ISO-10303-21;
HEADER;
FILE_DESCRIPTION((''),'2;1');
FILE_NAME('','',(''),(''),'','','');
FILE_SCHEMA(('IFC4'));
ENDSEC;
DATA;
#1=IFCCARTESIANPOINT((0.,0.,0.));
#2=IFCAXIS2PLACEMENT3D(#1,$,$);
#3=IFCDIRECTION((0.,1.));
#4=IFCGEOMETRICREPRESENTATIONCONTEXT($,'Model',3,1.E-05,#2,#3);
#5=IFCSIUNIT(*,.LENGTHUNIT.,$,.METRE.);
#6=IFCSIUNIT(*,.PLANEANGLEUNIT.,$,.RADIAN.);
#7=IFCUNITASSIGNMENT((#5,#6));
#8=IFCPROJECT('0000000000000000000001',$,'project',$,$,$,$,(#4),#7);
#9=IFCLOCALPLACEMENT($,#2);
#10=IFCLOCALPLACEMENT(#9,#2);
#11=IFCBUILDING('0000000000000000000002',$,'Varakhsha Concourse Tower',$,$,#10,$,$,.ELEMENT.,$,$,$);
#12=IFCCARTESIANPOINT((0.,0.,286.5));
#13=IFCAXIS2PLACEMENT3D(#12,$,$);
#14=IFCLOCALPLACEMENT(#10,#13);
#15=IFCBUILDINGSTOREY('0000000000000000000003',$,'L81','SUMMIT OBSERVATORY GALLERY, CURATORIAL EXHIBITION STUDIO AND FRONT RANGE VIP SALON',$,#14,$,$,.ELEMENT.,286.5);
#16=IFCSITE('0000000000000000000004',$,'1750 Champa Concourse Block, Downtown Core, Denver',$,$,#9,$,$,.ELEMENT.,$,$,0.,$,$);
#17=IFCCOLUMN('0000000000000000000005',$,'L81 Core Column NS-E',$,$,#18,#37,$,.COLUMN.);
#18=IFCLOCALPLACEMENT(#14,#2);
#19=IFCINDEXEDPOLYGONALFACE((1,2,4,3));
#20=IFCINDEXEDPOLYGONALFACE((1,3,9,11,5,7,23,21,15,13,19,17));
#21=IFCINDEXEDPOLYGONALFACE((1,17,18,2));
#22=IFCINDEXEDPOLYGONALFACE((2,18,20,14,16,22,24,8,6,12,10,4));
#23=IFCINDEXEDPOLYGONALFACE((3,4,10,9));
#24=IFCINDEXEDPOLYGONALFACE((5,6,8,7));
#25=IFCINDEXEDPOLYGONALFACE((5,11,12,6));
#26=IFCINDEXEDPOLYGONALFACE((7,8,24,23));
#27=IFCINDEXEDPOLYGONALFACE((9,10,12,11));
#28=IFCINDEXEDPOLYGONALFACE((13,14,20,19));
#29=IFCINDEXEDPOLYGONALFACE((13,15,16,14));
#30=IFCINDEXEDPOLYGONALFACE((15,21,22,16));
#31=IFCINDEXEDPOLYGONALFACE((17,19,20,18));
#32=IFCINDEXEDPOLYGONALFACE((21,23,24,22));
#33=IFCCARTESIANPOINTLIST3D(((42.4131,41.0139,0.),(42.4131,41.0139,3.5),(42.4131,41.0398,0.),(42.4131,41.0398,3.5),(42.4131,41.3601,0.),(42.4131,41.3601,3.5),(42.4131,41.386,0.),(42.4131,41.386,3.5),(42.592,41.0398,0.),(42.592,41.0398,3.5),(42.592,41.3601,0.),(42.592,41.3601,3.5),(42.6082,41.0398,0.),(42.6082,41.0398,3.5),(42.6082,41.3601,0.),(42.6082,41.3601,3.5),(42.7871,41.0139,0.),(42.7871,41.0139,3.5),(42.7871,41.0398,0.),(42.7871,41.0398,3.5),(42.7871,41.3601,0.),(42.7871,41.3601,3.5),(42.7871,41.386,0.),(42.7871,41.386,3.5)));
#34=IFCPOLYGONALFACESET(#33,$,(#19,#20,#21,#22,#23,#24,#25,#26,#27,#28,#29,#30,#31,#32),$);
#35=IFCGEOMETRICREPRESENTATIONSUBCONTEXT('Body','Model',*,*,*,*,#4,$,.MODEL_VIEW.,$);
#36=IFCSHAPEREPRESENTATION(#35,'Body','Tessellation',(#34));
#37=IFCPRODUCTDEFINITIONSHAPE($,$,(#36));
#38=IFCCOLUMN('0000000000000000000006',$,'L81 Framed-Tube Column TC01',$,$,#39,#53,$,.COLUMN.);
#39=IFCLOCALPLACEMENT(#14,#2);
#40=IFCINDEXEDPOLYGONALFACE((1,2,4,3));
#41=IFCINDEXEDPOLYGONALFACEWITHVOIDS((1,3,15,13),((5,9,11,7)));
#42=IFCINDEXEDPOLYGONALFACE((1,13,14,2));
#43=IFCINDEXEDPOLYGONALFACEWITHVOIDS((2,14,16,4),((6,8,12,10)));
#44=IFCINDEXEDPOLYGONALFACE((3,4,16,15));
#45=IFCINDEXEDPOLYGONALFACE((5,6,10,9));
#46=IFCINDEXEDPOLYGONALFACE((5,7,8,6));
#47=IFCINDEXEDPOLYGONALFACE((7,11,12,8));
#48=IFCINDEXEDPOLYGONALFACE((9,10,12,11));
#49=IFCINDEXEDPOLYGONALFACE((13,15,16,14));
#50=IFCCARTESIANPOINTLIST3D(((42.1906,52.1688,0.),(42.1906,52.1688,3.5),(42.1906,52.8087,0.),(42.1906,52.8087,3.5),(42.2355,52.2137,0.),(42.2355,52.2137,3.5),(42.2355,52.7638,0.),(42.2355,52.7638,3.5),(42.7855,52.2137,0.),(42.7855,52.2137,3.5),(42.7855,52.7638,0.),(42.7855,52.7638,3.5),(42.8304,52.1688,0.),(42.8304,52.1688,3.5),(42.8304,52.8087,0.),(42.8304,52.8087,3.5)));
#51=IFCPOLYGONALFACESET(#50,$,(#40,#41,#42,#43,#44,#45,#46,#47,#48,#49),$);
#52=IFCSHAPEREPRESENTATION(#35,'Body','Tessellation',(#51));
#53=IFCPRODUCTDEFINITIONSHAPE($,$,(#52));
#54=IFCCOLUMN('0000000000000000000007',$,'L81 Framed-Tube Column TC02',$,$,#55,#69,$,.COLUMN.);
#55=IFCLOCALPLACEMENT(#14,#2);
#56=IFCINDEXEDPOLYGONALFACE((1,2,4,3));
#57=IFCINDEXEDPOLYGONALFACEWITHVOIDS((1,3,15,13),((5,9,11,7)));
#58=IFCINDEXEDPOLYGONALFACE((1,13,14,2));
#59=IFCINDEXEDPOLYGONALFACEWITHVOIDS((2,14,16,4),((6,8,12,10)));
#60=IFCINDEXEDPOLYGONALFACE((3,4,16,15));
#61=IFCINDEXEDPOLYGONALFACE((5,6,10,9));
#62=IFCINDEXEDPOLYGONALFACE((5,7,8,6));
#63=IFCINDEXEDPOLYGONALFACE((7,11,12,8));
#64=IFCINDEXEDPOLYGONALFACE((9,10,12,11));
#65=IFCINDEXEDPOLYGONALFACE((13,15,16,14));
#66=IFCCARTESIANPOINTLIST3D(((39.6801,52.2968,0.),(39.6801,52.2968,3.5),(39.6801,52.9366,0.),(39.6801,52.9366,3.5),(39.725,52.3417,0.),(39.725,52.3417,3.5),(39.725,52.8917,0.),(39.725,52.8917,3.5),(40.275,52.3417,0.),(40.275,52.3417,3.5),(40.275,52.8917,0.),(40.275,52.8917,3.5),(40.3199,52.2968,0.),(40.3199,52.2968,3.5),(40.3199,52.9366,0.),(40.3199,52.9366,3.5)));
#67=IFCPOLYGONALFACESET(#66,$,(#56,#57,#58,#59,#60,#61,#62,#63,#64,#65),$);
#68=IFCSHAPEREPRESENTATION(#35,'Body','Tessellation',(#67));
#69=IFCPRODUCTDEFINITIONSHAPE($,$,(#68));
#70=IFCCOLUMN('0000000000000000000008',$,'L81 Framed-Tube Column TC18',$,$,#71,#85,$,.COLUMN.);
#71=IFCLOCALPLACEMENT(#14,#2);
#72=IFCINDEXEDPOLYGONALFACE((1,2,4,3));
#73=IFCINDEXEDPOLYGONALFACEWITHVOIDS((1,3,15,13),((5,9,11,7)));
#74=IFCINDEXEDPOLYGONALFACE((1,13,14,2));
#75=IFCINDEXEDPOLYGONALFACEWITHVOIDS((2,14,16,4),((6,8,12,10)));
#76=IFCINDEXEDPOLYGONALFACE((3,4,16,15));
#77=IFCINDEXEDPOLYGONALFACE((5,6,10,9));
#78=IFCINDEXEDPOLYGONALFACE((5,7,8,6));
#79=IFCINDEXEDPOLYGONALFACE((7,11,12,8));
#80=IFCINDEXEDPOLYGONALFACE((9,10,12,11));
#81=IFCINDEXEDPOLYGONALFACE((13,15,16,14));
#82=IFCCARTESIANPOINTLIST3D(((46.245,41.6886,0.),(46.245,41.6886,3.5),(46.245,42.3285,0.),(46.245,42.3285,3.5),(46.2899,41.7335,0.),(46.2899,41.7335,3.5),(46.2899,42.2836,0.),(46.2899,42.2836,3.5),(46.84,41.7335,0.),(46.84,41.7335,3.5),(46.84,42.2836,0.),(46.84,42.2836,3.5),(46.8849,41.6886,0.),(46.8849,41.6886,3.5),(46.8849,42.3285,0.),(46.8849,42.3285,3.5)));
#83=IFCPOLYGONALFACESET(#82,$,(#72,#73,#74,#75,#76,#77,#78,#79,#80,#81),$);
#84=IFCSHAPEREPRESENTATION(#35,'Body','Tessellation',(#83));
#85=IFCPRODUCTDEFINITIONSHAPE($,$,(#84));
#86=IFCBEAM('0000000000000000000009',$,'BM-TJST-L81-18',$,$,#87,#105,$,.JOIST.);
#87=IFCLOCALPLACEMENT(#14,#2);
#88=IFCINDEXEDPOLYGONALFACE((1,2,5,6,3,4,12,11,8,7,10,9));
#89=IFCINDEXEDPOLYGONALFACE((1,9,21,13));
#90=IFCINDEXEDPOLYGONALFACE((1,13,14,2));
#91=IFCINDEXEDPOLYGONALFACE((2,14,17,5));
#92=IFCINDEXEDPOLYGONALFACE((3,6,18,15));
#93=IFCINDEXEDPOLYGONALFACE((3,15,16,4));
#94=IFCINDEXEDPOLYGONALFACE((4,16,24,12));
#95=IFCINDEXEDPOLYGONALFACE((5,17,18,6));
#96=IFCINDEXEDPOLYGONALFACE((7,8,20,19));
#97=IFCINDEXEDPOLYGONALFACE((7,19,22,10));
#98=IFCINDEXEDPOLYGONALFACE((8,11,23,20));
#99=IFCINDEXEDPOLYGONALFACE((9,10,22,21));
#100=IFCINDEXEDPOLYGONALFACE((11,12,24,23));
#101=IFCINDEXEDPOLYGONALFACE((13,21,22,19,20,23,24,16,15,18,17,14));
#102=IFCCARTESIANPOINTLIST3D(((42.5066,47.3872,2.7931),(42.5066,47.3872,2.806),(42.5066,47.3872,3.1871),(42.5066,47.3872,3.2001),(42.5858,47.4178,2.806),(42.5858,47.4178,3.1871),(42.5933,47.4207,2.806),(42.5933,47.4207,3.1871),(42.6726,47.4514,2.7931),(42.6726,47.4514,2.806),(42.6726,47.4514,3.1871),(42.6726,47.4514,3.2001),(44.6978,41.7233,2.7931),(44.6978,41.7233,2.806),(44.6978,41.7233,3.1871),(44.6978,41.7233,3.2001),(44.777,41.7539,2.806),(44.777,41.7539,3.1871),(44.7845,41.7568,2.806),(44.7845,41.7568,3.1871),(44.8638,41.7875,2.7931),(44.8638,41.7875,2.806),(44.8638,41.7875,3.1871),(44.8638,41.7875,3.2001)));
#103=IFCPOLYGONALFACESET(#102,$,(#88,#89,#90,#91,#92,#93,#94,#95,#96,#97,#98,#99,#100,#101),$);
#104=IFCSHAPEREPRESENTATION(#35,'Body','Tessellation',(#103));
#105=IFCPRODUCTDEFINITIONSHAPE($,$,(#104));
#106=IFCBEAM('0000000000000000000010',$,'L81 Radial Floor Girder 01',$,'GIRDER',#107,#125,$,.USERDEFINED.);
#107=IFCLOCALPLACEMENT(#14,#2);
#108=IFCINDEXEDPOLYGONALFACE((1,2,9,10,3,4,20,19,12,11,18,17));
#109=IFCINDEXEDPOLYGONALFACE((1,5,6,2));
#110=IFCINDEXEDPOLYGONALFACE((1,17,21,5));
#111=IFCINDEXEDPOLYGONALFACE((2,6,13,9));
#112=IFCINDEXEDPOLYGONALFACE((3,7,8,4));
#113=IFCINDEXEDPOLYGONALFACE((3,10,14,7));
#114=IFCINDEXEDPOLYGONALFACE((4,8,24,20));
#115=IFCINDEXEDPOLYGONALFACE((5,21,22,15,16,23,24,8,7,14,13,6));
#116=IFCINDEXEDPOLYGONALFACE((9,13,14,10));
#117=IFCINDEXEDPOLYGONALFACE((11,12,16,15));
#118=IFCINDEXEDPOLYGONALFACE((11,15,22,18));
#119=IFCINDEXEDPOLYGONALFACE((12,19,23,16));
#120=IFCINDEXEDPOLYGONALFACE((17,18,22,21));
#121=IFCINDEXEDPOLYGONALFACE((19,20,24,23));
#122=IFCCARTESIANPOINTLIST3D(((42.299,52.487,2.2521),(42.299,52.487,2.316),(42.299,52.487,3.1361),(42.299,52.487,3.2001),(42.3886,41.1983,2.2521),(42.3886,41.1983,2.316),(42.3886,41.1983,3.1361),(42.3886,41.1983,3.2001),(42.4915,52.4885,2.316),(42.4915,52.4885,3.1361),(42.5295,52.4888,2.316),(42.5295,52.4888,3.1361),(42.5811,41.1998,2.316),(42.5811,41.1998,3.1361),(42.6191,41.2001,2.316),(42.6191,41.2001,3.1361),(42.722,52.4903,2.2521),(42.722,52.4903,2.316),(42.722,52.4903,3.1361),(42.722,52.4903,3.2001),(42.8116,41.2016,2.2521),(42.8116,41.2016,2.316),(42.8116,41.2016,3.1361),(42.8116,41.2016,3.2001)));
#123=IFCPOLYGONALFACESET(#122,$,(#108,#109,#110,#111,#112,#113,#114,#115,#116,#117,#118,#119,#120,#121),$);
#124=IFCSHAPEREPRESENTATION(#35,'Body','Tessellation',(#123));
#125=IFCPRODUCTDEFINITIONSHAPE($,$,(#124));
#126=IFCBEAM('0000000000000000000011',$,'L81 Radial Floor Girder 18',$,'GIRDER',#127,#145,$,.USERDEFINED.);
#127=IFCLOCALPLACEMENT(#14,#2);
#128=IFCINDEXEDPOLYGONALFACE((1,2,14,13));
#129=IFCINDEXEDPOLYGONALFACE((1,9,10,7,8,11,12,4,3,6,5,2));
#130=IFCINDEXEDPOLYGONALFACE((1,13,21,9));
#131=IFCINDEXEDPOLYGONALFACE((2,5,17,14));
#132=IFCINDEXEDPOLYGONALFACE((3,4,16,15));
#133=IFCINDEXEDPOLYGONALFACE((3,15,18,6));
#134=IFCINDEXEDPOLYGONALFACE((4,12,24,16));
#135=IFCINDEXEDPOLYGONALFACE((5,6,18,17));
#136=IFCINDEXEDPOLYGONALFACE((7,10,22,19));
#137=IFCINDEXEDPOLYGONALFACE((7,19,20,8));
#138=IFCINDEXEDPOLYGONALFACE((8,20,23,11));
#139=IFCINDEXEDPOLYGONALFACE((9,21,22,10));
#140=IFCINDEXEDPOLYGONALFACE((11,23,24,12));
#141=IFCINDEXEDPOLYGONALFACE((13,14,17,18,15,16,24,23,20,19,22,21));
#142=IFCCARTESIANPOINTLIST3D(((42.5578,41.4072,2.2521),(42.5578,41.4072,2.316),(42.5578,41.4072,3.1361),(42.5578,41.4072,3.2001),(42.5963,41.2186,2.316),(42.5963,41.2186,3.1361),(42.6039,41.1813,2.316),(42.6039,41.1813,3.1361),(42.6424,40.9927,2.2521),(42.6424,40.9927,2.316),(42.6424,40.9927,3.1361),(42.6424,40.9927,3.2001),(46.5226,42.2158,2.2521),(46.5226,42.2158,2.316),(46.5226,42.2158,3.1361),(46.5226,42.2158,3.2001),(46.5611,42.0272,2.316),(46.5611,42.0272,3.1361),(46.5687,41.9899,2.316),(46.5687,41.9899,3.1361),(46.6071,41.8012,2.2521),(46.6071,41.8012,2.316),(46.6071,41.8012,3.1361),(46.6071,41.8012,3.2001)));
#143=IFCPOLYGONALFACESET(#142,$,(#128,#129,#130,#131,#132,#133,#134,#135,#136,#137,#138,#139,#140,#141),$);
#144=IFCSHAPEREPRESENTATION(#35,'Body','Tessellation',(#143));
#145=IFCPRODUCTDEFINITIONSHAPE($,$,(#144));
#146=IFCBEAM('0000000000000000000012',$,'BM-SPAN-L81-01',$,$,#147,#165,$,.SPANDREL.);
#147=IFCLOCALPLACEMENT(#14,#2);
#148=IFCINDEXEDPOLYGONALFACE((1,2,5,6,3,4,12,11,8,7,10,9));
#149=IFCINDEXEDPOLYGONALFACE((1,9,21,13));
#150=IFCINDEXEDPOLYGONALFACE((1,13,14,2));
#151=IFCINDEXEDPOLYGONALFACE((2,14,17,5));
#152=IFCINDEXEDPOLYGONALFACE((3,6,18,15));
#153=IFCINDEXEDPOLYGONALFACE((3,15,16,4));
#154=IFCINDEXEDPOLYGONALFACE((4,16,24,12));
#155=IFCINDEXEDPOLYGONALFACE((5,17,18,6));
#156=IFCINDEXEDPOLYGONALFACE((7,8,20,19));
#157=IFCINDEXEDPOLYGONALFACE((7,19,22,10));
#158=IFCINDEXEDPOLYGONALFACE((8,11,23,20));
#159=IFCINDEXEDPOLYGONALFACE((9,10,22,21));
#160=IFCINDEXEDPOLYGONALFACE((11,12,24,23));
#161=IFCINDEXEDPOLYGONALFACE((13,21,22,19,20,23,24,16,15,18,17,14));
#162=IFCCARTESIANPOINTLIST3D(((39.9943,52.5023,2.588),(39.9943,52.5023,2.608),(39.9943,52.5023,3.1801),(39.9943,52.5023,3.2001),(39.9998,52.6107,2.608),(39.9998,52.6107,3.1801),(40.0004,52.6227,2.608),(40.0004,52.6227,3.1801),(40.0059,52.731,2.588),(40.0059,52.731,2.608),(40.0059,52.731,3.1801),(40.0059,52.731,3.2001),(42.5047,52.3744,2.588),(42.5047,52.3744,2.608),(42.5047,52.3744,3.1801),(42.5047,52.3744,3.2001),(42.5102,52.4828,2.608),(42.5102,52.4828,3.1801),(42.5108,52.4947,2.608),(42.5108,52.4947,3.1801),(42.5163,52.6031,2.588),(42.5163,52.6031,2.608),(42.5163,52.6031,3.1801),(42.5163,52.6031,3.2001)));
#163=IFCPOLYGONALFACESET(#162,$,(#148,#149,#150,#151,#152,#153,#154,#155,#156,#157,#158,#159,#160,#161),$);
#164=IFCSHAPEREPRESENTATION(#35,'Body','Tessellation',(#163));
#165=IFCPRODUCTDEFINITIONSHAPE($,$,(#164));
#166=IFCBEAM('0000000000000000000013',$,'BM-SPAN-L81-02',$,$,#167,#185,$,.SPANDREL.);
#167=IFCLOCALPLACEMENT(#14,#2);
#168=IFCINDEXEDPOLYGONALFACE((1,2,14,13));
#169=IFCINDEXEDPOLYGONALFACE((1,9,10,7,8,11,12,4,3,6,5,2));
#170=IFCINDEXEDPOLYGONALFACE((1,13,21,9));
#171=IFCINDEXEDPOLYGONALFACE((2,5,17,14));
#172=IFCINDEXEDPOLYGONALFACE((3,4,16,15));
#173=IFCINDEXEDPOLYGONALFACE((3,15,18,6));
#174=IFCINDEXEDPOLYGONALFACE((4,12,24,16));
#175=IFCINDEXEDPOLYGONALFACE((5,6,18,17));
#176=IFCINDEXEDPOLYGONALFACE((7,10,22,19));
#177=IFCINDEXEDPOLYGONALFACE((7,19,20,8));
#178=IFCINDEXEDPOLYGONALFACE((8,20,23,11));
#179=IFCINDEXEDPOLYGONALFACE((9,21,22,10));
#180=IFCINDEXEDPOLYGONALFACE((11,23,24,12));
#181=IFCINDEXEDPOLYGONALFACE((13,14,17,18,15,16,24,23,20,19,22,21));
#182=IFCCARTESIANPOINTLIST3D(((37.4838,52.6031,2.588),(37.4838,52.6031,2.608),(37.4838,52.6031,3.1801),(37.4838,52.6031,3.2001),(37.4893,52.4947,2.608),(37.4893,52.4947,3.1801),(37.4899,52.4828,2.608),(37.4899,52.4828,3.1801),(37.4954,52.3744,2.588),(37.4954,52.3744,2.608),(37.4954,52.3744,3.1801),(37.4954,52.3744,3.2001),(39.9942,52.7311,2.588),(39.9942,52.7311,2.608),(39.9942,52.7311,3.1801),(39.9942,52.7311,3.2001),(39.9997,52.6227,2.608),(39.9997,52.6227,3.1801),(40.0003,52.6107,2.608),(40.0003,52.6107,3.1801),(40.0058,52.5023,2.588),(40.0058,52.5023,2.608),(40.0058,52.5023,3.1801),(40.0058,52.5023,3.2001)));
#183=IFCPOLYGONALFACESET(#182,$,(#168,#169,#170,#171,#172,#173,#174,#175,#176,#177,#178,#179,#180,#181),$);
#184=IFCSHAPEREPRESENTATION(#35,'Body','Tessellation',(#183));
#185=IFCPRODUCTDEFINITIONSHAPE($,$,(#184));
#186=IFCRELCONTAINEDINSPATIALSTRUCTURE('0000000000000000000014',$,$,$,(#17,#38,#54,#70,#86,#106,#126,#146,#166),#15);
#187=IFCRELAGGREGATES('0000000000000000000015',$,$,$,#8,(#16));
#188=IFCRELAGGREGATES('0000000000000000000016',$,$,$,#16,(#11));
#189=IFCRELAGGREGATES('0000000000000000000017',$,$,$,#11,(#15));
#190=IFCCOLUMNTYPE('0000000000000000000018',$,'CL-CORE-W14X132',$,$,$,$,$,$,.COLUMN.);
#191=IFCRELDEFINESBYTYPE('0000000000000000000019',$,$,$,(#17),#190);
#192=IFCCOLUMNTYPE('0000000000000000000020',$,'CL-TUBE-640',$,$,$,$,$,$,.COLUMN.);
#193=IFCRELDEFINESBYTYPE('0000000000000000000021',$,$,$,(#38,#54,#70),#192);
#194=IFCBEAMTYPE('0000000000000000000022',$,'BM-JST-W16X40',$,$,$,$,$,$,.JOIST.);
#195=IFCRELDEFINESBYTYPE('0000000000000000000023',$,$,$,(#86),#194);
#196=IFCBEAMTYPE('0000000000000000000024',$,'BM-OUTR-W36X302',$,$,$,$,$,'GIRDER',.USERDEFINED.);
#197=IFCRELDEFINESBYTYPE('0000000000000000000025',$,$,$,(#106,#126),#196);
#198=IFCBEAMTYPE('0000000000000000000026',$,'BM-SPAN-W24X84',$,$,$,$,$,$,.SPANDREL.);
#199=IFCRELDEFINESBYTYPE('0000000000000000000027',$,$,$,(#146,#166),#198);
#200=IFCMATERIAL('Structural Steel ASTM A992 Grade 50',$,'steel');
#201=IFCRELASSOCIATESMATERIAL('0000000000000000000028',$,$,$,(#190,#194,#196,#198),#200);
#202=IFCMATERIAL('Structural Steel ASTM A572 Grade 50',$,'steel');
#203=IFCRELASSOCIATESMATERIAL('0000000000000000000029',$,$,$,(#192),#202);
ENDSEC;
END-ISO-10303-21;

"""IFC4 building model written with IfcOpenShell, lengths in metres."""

from ifc_helpers import new_model, si_unit, direction, frame, origin, origin_2d, place, context, subcontext, project, spatial, hollow_rectangle, i_section, extrude, material, material_profile, profile_set, type_object, element, save


model = new_model("IFC4")

# Units and contexts
model_context = context("Model", 3, precision=1e-05, world=origin(), true_north=direction((0.0, 1.0)))
body_context = subcontext(model_context, "Body", "Model", "MODEL_VIEW")
ifc_project = project(units=[si_unit("LENGTHUNIT", "METRE"), si_unit("PLANEANGLEUNIT", "RADIAN")], contexts=[model_context])

# Site, building, storey
site_placement = place(None, origin())
site = spatial("IfcSite", under=ifc_project, at=site_placement, Name="1750 Champa Concourse Block, Downtown Core, Denver", CompositionType="ELEMENT", RefElevation=0.0)
building_placement = place(site_placement, origin())
building = spatial("IfcBuilding", under=site, at=building_placement, Name="Varakhsha Concourse Tower", CompositionType="ELEMENT")
storey_placement = place(building_placement, frame((0.0, 0.0, 286.5)))
storey = spatial("IfcBuildingStorey", under=building, at=storey_placement, Name="L81", Description="SUMMIT OBSERVATORY GALLERY, CURATORIAL EXHIBITION STUDIO AND FRONT RANGE VIP SALON", CompositionType="ELEMENT", Elevation=286.5)

# Columns
ifc_material_1 = material(Name="Structural Steel ASTM A992 Grade 50", Category="steel")
ifc_material_profile_1 = material_profile(ifc_material_1, i_section(OverallWidth=0.374, OverallDepth=0.3721, WebThickness=0.0161, FlangeThickness=0.0259, at=origin_2d()), Name="W14X132")
ifc_profile_set_1 = profile_set([ifc_material_profile_1], Name="Structural Steel ASTM A992 Grade 50")
column_type_1 = type_object("IfcColumnType", Name="CL-CORE-W14X132", PredefinedType="COLUMN", material=ifc_profile_set_1)
column_placement = place(storey_placement, frame((42.6001, 41.2, 0.0), z_axis=(0.0, 0.0, 1.0), x_axis=(1.0, 0.0, 0.0)))
element("IfcColumn", 1, at=column_placement, inside=storey, type_object=column_type_1, Name="L81 Core Column NS-E", PredefinedType="COLUMN", context=body_context, shape_type="SweptSolid", body=[
    extrude(i_section(OverallWidth=0.374, OverallDepth=0.3721, WebThickness=0.0161, FlangeThickness=0.0259, at=origin_2d()), origin(), (0.0, 0.0, 1.0), 3.5),
])
ifc_material_2 = material(Name="Structural Steel ASTM A572 Grade 50", Category="steel")
ifc_material_profile_2 = material_profile(ifc_material_2, hollow_rectangle(XDim=0.6399, YDim=0.6399, WallThickness=0.0449, at=origin_2d()), Name="BOX 640x640x45")
ifc_profile_set_2 = profile_set([ifc_material_profile_2], Name="Structural Steel ASTM A572 Grade 50")
column_type_2 = type_object("IfcColumnType", Name="CL-TUBE-640", PredefinedType="COLUMN", material=ifc_profile_set_2)
for number, where, z_axis, x_axis, name in (
    (2, (42.5105, 52.4888, 0.0), (0.0, 0.0, 1.0), (1.0, 0.0, 0.0), "L81 Framed-Tube Column TC01"),
    (3, (40.0, 52.6167, 0.0), (0.0, 0.0, 1.0), (1.0, 0.0, 0.0), "L81 Framed-Tube Column TC02"),
    (4, (46.5649, 42.0085, 0.0), (0.0, 0.0, 1.0), (1.0, 0.0, 0.0), "L81 Framed-Tube Column TC18"),
):
    element("IfcColumn", number, at=place(storey_placement, frame(where, z_axis=z_axis, x_axis=x_axis)), inside=storey, type_object=column_type_2, Name=name, PredefinedType="COLUMN", context=body_context, shape_type="SweptSolid", body=[
        extrude(hollow_rectangle(XDim=0.6399, YDim=0.6399, WallThickness=0.0449, at=origin_2d()), origin(), (0.0, 0.0, 1.0), 3.5),
    ])

# Beams
ifc_material_profile_3 = material_profile(ifc_material_1, i_section(OverallWidth=0.178, OverallDepth=0.407, WebThickness=0.0081, FlangeThickness=0.0129, at=origin_2d()), Name="W16X40")
ifc_profile_set_3 = profile_set([ifc_material_profile_3], Name="Structural Steel ASTM A992 Grade 50")
beam_type_1 = type_object("IfcBeamType", Name="BM-JST-W16X40", PredefinedType="JOIST", material=ifc_profile_set_3)
beam_1_placement = place(storey_placement, frame((44.7808, 41.7554, 2.9966), z_axis=(-0.36081, 0.932639, 0.0), x_axis=(-0.932639, -0.36081, 0.0)))
element("IfcBeam", 5, at=beam_1_placement, inside=storey, type_object=beam_type_1, Name="BM-TJST-L81-18", PredefinedType="JOIST", context=body_context, shape_type="SweptSolid", body=[
    extrude(i_section(OverallWidth=0.178, OverallDepth=0.407, WebThickness=0.0081, FlangeThickness=0.0129, at=origin_2d()), origin(), (0.0, 0.0, 1.0), 6.073),
])
ifc_material_profile_4 = material_profile(ifc_material_1, i_section(OverallWidth=0.4231, OverallDepth=0.948, WebThickness=0.0381, FlangeThickness=0.064, at=origin_2d()), Name="W36X302")
ifc_profile_set_4 = profile_set([ifc_material_profile_4], Name="Structural Steel ASTM A992 Grade 50")
beam_type_2 = type_object("IfcBeamType", Name="BM-OUTR-W36X302", ElementType="GIRDER", PredefinedType="USERDEFINED", material=ifc_profile_set_4)
beam_2_placement = place(storey_placement, frame((42.6001, 41.2, 2.7261), z_axis=(-0.007937, 0.999969, 0.0), x_axis=(-0.999969, -0.007937, 0.0)))
element("IfcBeam", 6, at=beam_2_placement, inside=storey, type_object=beam_type_2, Name="L81 Radial Floor Girder 01", ObjectType="GIRDER", PredefinedType="USERDEFINED", context=body_context, shape_type="SweptSolid", body=[
    extrude(i_section(OverallWidth=0.4231, OverallDepth=0.948, WebThickness=0.0381, FlangeThickness=0.064, at=origin_2d()), origin(), (0.0, 0.0, 1.0), 11.2891),
])
beam_3_placement = place(storey_placement, frame((42.6001, 41.2, 2.7261), z_axis=(0.979831, 0.199828, 0.0), x_axis=(-0.199828, 0.979831, 0.0)))
element("IfcBeam", 7, at=beam_3_placement, inside=storey, type_object=beam_type_2, Name="L81 Radial Floor Girder 18", ObjectType="GIRDER", PredefinedType="USERDEFINED", context=body_context, shape_type="SweptSolid", body=[
    extrude(i_section(OverallWidth=0.4231, OverallDepth=0.948, WebThickness=0.0381, FlangeThickness=0.064, at=origin_2d()), origin(), (0.0, 0.0, 1.0), 4.0464),
])
ifc_material_profile_5 = material_profile(ifc_material_1, i_section(OverallWidth=0.229, OverallDepth=0.6121, WebThickness=0.012, FlangeThickness=0.02, at=origin_2d()), Name="W24X84")
ifc_profile_set_5 = profile_set([ifc_material_profile_5], Name="Structural Steel ASTM A992 Grade 50")
beam_type_3 = type_object("IfcBeamType", Name="BM-SPAN-W24X84", PredefinedType="SPANDREL", material=ifc_profile_set_5)
for number, where, z_axis, x_axis, name in (
    (8, (42.5105, 52.4888, 2.894), (-0.998704, 0.050892, 0.0), (-0.050892, -0.998704, 0.0), "BM-SPAN-L81-01"),
    (9, (40.0, 52.6167, 2.894), (-0.998704, -0.050892, 0.0), (0.050892, -0.998704, 0.0), "BM-SPAN-L81-02"),
):
    element("IfcBeam", number, at=place(storey_placement, frame(where, z_axis=z_axis, x_axis=x_axis)), inside=storey, type_object=beam_type_3, Name=name, PredefinedType="SPANDREL", context=body_context, shape_type="SweptSolid", body=[
        extrude(i_section(OverallWidth=0.229, OverallDepth=0.6121, WebThickness=0.012, FlangeThickness=0.02, at=origin_2d()), origin(), (0.0, 0.0, 1.0), 2.5137),
    ])

save(model, "model.ifc")
